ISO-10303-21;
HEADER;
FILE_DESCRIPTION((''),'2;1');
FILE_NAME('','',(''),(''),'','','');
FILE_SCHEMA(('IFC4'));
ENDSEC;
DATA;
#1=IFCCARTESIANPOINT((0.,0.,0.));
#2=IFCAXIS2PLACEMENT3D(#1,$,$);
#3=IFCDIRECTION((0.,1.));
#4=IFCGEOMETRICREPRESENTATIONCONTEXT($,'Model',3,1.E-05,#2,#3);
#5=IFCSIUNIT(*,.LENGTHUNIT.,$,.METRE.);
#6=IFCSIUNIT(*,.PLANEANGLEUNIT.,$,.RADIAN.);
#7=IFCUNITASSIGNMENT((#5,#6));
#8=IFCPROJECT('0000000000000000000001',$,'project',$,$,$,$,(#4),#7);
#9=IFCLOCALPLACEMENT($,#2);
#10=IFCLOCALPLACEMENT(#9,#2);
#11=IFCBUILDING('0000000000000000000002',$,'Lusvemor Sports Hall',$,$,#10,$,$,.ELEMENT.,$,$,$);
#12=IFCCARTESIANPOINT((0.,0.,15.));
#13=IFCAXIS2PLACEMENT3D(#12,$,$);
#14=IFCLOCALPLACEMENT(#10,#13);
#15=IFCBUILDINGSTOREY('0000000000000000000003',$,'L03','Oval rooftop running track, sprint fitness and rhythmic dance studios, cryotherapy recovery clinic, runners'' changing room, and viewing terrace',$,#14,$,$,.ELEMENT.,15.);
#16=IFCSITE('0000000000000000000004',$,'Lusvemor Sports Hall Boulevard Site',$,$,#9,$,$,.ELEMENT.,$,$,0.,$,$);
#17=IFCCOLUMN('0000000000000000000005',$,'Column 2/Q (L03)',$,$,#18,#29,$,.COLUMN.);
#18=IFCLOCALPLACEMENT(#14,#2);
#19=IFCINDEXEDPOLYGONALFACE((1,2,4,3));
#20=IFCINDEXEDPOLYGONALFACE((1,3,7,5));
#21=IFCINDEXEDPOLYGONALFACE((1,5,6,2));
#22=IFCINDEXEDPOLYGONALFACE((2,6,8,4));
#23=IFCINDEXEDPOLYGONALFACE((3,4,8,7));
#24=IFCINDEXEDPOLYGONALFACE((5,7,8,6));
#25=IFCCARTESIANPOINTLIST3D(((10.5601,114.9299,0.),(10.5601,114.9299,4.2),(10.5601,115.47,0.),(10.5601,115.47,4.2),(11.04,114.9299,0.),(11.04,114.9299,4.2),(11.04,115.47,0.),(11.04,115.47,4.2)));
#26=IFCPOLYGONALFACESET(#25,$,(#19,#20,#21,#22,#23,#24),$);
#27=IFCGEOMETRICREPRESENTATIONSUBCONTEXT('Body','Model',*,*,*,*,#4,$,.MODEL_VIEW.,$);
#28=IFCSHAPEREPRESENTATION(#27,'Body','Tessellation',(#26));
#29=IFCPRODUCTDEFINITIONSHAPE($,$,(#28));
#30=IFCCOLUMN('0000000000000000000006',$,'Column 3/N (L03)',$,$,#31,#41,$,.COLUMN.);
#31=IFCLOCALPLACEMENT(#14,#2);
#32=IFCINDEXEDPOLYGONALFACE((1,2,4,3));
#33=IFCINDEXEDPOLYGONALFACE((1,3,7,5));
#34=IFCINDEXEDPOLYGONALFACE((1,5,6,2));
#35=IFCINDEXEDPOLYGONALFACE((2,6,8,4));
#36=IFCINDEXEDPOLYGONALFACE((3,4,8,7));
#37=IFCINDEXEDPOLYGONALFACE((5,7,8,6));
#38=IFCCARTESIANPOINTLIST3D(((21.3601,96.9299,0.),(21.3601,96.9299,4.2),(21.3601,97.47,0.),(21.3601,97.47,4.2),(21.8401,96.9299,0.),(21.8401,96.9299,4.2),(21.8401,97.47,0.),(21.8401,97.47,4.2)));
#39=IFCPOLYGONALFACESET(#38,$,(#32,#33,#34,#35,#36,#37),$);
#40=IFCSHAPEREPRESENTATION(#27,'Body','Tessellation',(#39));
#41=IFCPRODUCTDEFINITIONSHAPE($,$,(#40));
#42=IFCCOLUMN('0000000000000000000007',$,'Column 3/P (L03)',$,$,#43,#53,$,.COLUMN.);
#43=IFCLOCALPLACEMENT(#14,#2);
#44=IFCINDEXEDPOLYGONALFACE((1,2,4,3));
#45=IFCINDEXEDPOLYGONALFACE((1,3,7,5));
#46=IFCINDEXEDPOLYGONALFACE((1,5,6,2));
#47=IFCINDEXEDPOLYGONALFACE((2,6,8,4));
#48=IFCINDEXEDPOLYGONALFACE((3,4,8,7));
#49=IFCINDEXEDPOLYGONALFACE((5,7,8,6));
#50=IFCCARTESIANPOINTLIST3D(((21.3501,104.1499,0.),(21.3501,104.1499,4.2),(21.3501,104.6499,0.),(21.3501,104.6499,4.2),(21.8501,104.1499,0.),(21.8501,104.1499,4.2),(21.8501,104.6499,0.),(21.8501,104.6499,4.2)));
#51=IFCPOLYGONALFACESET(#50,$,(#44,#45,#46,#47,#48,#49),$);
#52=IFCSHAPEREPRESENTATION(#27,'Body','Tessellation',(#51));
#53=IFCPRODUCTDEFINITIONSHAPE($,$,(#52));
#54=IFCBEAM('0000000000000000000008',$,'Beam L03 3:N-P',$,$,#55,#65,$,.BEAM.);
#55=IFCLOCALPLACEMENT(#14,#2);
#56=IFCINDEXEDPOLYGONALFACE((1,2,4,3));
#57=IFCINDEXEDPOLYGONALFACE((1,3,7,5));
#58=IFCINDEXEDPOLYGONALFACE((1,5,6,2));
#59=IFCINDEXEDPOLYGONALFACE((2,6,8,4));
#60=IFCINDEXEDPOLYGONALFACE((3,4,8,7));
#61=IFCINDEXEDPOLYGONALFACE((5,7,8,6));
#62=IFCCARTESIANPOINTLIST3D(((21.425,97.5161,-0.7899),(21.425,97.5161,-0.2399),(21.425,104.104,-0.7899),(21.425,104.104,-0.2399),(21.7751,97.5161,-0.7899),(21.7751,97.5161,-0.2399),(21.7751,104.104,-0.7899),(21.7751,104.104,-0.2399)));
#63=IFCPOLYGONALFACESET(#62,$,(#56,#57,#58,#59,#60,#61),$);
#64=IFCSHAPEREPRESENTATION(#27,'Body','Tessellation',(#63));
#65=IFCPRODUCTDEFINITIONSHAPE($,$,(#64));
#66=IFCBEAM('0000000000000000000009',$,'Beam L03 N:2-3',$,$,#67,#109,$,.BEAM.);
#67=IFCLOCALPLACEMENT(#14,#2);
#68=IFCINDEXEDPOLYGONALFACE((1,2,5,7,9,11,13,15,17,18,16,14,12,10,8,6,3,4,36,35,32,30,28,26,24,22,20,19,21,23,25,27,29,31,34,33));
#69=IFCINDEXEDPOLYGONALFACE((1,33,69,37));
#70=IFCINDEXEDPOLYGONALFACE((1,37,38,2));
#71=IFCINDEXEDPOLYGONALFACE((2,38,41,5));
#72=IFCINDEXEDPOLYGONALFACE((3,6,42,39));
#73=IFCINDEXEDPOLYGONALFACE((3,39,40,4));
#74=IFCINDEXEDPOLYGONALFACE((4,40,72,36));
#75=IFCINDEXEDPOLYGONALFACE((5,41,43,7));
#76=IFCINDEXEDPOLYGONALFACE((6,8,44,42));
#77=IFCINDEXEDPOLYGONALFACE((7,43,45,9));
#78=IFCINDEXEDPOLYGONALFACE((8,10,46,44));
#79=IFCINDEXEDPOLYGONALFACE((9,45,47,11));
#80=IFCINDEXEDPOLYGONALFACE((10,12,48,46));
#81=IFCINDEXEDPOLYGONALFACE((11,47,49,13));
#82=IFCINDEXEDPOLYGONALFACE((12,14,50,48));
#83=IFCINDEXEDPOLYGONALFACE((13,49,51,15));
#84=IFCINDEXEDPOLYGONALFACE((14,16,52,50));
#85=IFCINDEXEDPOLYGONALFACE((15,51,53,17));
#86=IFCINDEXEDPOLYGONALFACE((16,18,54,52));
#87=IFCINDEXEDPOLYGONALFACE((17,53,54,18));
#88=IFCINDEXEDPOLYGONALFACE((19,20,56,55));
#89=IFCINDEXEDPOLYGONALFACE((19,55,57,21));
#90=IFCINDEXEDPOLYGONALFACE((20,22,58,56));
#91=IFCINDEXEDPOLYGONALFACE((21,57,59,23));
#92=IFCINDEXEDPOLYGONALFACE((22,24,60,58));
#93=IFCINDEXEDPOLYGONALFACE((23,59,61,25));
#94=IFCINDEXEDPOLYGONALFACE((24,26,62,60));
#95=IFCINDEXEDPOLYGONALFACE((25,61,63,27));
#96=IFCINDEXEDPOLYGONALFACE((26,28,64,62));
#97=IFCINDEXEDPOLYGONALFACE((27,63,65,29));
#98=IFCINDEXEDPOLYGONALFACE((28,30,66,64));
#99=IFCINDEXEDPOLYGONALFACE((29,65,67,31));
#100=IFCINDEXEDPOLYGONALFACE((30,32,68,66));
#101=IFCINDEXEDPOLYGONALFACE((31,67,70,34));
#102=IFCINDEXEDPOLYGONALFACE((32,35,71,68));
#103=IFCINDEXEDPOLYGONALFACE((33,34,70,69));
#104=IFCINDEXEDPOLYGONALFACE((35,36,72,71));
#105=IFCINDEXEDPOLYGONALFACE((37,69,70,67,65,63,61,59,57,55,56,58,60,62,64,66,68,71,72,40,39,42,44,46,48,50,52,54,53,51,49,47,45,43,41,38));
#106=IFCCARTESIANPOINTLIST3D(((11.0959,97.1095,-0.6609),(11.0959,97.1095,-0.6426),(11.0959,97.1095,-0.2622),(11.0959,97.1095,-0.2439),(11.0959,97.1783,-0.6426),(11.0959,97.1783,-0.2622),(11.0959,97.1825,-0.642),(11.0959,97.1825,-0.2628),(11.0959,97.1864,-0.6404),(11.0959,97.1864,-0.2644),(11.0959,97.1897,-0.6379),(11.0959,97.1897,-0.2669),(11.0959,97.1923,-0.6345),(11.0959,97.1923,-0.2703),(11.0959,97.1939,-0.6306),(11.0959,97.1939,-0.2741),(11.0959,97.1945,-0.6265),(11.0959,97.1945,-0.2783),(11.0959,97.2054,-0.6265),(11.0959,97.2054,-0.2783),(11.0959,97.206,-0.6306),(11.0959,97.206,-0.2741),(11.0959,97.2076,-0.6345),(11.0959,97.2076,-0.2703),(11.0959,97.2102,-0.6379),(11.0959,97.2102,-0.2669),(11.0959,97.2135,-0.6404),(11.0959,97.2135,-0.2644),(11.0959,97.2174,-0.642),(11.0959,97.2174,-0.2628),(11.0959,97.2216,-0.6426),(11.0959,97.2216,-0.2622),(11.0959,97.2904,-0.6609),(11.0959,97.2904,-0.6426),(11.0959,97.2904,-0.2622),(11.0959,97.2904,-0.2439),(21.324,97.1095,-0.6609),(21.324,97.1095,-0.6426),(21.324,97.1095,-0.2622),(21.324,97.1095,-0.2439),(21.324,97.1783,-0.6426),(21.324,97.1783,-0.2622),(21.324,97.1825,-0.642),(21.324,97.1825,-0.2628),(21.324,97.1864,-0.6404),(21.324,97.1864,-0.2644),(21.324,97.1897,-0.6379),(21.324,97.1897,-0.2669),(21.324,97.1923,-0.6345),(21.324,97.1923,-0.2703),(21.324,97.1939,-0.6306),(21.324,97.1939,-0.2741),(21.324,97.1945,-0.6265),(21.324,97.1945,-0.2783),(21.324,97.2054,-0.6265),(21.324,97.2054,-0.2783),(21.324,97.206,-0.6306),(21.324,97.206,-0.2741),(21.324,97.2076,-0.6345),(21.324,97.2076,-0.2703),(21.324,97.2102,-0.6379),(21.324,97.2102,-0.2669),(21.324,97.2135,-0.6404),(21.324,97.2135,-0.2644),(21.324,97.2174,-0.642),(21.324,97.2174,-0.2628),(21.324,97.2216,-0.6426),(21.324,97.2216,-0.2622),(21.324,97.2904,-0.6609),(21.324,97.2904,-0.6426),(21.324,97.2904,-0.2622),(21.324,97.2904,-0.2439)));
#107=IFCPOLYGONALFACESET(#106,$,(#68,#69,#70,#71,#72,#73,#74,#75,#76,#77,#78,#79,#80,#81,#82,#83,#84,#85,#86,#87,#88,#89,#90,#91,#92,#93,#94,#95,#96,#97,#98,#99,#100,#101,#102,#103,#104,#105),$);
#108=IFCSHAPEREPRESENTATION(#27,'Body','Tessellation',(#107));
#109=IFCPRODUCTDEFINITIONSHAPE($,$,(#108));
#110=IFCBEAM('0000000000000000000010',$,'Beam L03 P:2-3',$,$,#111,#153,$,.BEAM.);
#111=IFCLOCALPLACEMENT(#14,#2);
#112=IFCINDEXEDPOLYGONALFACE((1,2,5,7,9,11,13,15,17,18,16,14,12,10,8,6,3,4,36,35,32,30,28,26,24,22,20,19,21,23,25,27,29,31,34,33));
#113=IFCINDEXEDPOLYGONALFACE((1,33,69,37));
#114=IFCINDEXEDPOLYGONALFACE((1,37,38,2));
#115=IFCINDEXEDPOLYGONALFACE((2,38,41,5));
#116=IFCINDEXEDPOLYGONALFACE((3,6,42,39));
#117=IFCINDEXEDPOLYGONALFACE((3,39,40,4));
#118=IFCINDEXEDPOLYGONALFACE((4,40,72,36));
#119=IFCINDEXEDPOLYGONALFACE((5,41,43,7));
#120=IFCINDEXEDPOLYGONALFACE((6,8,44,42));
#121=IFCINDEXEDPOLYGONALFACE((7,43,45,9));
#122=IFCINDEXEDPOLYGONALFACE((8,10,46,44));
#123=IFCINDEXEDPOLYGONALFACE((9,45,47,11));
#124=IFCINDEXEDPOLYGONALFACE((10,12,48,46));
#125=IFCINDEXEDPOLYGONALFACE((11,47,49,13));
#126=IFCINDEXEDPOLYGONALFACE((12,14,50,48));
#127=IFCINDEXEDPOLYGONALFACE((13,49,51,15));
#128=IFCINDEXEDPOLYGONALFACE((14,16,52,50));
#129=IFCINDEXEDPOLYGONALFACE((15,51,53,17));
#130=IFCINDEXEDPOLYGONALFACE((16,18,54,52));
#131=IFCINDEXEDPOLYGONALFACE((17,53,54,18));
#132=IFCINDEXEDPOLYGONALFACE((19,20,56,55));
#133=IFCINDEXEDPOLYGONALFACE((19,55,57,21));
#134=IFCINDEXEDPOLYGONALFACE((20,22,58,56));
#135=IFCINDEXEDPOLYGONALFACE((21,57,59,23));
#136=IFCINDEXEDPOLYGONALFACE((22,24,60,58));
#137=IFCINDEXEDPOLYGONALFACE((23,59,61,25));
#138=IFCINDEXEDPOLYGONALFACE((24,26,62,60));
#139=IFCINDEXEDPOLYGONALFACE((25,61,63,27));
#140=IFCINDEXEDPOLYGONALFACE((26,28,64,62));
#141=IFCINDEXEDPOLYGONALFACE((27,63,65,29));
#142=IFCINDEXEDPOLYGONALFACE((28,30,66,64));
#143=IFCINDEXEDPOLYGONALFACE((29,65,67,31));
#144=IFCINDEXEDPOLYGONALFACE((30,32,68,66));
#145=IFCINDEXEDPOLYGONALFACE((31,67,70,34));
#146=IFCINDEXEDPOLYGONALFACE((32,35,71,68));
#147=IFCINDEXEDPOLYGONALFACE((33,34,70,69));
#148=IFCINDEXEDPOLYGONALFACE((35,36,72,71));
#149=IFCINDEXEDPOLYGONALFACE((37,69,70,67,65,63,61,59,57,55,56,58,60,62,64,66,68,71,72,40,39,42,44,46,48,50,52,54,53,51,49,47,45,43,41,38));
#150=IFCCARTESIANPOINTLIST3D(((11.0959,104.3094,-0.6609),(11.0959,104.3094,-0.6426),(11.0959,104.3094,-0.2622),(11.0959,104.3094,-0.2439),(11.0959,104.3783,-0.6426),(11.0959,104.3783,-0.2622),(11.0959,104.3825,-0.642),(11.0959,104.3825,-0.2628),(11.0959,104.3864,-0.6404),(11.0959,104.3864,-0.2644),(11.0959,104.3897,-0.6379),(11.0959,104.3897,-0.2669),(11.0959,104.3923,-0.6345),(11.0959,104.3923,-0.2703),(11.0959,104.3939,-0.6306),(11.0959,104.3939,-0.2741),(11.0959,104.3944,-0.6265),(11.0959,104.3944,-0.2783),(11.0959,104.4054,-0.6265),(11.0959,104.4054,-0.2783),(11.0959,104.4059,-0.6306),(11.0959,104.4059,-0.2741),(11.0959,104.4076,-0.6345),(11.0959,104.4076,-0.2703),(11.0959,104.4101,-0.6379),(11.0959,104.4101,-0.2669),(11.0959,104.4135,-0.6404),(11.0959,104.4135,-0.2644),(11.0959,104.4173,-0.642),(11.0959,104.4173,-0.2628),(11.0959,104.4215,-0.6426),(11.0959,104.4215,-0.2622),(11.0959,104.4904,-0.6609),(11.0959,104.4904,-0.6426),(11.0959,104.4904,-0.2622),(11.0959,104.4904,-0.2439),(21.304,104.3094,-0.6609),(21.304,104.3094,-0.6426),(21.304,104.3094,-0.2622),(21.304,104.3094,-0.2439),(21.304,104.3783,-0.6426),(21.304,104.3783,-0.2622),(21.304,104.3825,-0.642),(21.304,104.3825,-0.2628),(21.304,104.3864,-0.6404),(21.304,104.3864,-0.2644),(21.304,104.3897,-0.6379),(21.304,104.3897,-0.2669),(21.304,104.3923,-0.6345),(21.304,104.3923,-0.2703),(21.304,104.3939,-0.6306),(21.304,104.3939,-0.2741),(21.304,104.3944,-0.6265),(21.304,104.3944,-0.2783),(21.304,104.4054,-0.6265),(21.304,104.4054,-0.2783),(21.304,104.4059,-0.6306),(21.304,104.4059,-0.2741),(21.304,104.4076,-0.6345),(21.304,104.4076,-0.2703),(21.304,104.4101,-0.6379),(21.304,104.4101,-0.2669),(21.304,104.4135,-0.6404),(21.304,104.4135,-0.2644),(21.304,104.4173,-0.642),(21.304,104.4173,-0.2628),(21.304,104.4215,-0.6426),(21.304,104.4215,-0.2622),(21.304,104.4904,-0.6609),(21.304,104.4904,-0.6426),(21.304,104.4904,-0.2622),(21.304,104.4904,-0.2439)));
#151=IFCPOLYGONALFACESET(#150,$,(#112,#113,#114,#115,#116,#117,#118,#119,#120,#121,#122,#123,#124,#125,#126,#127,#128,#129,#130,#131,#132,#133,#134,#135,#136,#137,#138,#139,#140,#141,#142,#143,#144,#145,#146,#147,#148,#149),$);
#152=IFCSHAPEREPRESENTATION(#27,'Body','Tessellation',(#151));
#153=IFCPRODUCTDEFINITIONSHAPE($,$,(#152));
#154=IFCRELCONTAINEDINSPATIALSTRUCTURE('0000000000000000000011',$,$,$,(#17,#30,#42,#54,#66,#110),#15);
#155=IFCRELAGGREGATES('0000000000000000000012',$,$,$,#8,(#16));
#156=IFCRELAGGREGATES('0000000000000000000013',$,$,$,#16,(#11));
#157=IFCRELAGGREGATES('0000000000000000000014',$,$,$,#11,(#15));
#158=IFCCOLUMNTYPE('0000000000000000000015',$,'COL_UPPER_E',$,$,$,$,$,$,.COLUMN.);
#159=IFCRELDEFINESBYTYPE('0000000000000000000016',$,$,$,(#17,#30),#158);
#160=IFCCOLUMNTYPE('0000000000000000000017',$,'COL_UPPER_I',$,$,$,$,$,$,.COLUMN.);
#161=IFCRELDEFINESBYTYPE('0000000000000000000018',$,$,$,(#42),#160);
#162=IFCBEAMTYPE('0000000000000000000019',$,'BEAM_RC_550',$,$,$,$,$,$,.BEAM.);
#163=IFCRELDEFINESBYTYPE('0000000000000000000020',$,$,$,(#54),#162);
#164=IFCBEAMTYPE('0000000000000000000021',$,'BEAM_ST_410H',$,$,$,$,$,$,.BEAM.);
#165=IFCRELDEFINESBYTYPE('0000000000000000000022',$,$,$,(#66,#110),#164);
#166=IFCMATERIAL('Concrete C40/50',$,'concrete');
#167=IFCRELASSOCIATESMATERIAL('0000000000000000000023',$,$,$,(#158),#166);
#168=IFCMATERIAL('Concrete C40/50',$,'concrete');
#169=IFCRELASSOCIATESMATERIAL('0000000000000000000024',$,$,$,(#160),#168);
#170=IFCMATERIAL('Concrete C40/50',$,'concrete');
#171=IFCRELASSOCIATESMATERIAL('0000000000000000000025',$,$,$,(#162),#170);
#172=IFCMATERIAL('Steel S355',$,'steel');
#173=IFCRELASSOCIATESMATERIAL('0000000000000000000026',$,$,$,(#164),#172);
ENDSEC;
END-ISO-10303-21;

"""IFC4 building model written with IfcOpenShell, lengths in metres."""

from ifc_helpers import new_model, si_unit, direction, frame, origin, origin_2d, place, context, subcontext, project, spatial, rectangle, i_section, extrude, material, material_profile, profile_set, type_object, element, save


model = new_model("IFC4")

# Units and contexts
model_context = context("Model", 3, precision=1e-05, world=origin(), true_north=direction((0.0, 1.0)))
body_context = subcontext(model_context, "Body", "Model", "MODEL_VIEW")
ifc_project = project(units=[si_unit("LENGTHUNIT", "METRE"), si_unit("PLANEANGLEUNIT", "RADIAN")], contexts=[model_context])

# Site, building, storey
site_placement = place(None, origin())
site = spatial("IfcSite", under=ifc_project, at=site_placement, Name="Lusvemor Sports Hall Boulevard Site", CompositionType="ELEMENT", RefElevation=0.0)
building_placement = place(site_placement, origin())
building = spatial("IfcBuilding", under=site, at=building_placement, Name="Lusvemor Sports Hall", CompositionType="ELEMENT")
storey_placement = place(building_placement, frame((0.0, 0.0, 15.0)))
storey = spatial("IfcBuildingStorey", under=building, at=storey_placement, Name="L03", Description="Oval rooftop running track, sprint fitness and rhythmic dance studios, cryotherapy recovery clinic, runners' changing room, and viewing terrace", CompositionType="ELEMENT", Elevation=15.0)

# Columns
ifc_material_1 = material(Name="Concrete C40/50", Category="concrete")
ifc_material_profile_1 = material_profile(ifc_material_1, rectangle(XDim=0.48, YDim=0.54, at=origin_2d()), Name="RC480x540")
ifc_profile_set_1 = profile_set([ifc_material_profile_1], Name="Concrete C40/50")
column_type_1 = type_object("IfcColumnType", Name="COL_UPPER_E", PredefinedType="COLUMN", material=ifc_profile_set_1)
for number, where, z_axis, x_axis, name in (
    (1, (10.8, 115.2, 0.0), (0.0, 0.0, 1.0), (1.0, 0.0, 0.0), "Column 2/Q (L03)"),
    (2, (21.6001, 97.2, 0.0), (0.0, 0.0, 1.0), (1.0, 0.0, 0.0), "Column 3/N (L03)"),
):
    element("IfcColumn", number, at=place(storey_placement, frame(where, z_axis=z_axis, x_axis=x_axis)), inside=storey, type_object=column_type_1, Name=name, PredefinedType="COLUMN", context=body_context, shape_type="SweptSolid", body=[
        extrude(rectangle(XDim=0.48, YDim=0.54, at=origin_2d()), origin(), (0.0, 0.0, 1.0), 4.2),
    ])
ifc_material_2 = material(Name="Concrete C40/50", Category="concrete")
ifc_material_profile_2 = material_profile(ifc_material_2, rectangle(XDim=0.5, YDim=0.5, at=origin_2d()), Name="RC500x500")
ifc_profile_set_2 = profile_set([ifc_material_profile_2], Name="Concrete C40/50")
column_type_2 = type_object("IfcColumnType", Name="COL_UPPER_I", PredefinedType="COLUMN", material=ifc_profile_set_2)
column_placement = place(storey_placement, frame((21.6001, 104.3999, 0.0), z_axis=(0.0, 0.0, 1.0), x_axis=(1.0, 0.0, 0.0)))
element("IfcColumn", 3, at=column_placement, inside=storey, type_object=column_type_2, Name="Column 3/P (L03)", PredefinedType="COLUMN", context=body_context, shape_type="SweptSolid", body=[
    extrude(rectangle(XDim=0.5, YDim=0.5, at=origin_2d()), origin(), (0.0, 0.0, 1.0), 4.2),
])

# Beams
ifc_material_3 = material(Name="Concrete C40/50", Category="concrete")
ifc_material_profile_3 = material_profile(ifc_material_3, rectangle(XDim=0.3501, YDim=0.55, at=origin_2d()), Name="RC350x550")
ifc_profile_set_3 = profile_set([ifc_material_profile_3], Name="Concrete C40/50")
beam_type_1 = type_object("IfcBeamType", Name="BEAM_RC_550", PredefinedType="BEAM", material=ifc_profile_set_3)
beam_1_placement = place(storey_placement, frame((21.6001, 97.5161, -0.5149), z_axis=(0.0, 1.0, 0.0), x_axis=(-1.0, 0.0, 0.0)))
element("IfcBeam", 4, at=beam_1_placement, inside=storey, type_object=beam_type_1, Name="Beam L03 3:N-P", PredefinedType="BEAM", context=body_context, shape_type="SweptSolid", body=[
    extrude(rectangle(XDim=0.3501, YDim=0.55, at=origin_2d()), origin(), (0.0, 0.0, 1.0), 6.5879),
])
ifc_material_4 = material(Name="Steel S355", Category="steel")
ifc_material_profile_4 = material_profile(ifc_material_4, i_section(OverallWidth=0.1809, OverallDepth=0.417, WebThickness=0.011, FlangeThickness=0.0183, FilletRadius=0.0161, at=origin_2d()), Name="W410x85.0")
ifc_profile_set_4 = profile_set([ifc_material_profile_4], Name="Steel S355")
beam_type_2 = type_object("IfcBeamType", Name="BEAM_ST_410H", PredefinedType="BEAM", material=ifc_profile_set_4)
beam_2_placement = place(storey_placement, frame((11.0959, 97.2, -0.4524), z_axis=(1.0, 0.0, 0.0), x_axis=(0.0, 1.0, 0.0)))
element("IfcBeam", 5, at=beam_2_placement, inside=storey, type_object=beam_type_2, Name="Beam L03 N:2-3", PredefinedType="BEAM", context=body_context, shape_type="SweptSolid", body=[
    extrude(i_section(OverallWidth=0.1809, OverallDepth=0.417, WebThickness=0.011, FlangeThickness=0.0183, FilletRadius=0.0161, at=origin_2d()), origin(), (0.0, 0.0, 1.0), 10.228),
])
beam_3_placement = place(storey_placement, frame((11.0959, 104.3999, -0.4524), z_axis=(1.0, 0.0, 0.0), x_axis=(0.0, 1.0, 0.0)))
element("IfcBeam", 6, at=beam_3_placement, inside=storey, type_object=beam_type_2, Name="Beam L03 P:2-3", PredefinedType="BEAM", context=body_context, shape_type="SweptSolid", body=[
    extrude(i_section(OverallWidth=0.1809, OverallDepth=0.417, WebThickness=0.011, FlangeThickness=0.0183, FilletRadius=0.0161, at=origin_2d()), origin(), (0.0, 0.0, 1.0), 10.208),
])

save(model, "model.ifc")
